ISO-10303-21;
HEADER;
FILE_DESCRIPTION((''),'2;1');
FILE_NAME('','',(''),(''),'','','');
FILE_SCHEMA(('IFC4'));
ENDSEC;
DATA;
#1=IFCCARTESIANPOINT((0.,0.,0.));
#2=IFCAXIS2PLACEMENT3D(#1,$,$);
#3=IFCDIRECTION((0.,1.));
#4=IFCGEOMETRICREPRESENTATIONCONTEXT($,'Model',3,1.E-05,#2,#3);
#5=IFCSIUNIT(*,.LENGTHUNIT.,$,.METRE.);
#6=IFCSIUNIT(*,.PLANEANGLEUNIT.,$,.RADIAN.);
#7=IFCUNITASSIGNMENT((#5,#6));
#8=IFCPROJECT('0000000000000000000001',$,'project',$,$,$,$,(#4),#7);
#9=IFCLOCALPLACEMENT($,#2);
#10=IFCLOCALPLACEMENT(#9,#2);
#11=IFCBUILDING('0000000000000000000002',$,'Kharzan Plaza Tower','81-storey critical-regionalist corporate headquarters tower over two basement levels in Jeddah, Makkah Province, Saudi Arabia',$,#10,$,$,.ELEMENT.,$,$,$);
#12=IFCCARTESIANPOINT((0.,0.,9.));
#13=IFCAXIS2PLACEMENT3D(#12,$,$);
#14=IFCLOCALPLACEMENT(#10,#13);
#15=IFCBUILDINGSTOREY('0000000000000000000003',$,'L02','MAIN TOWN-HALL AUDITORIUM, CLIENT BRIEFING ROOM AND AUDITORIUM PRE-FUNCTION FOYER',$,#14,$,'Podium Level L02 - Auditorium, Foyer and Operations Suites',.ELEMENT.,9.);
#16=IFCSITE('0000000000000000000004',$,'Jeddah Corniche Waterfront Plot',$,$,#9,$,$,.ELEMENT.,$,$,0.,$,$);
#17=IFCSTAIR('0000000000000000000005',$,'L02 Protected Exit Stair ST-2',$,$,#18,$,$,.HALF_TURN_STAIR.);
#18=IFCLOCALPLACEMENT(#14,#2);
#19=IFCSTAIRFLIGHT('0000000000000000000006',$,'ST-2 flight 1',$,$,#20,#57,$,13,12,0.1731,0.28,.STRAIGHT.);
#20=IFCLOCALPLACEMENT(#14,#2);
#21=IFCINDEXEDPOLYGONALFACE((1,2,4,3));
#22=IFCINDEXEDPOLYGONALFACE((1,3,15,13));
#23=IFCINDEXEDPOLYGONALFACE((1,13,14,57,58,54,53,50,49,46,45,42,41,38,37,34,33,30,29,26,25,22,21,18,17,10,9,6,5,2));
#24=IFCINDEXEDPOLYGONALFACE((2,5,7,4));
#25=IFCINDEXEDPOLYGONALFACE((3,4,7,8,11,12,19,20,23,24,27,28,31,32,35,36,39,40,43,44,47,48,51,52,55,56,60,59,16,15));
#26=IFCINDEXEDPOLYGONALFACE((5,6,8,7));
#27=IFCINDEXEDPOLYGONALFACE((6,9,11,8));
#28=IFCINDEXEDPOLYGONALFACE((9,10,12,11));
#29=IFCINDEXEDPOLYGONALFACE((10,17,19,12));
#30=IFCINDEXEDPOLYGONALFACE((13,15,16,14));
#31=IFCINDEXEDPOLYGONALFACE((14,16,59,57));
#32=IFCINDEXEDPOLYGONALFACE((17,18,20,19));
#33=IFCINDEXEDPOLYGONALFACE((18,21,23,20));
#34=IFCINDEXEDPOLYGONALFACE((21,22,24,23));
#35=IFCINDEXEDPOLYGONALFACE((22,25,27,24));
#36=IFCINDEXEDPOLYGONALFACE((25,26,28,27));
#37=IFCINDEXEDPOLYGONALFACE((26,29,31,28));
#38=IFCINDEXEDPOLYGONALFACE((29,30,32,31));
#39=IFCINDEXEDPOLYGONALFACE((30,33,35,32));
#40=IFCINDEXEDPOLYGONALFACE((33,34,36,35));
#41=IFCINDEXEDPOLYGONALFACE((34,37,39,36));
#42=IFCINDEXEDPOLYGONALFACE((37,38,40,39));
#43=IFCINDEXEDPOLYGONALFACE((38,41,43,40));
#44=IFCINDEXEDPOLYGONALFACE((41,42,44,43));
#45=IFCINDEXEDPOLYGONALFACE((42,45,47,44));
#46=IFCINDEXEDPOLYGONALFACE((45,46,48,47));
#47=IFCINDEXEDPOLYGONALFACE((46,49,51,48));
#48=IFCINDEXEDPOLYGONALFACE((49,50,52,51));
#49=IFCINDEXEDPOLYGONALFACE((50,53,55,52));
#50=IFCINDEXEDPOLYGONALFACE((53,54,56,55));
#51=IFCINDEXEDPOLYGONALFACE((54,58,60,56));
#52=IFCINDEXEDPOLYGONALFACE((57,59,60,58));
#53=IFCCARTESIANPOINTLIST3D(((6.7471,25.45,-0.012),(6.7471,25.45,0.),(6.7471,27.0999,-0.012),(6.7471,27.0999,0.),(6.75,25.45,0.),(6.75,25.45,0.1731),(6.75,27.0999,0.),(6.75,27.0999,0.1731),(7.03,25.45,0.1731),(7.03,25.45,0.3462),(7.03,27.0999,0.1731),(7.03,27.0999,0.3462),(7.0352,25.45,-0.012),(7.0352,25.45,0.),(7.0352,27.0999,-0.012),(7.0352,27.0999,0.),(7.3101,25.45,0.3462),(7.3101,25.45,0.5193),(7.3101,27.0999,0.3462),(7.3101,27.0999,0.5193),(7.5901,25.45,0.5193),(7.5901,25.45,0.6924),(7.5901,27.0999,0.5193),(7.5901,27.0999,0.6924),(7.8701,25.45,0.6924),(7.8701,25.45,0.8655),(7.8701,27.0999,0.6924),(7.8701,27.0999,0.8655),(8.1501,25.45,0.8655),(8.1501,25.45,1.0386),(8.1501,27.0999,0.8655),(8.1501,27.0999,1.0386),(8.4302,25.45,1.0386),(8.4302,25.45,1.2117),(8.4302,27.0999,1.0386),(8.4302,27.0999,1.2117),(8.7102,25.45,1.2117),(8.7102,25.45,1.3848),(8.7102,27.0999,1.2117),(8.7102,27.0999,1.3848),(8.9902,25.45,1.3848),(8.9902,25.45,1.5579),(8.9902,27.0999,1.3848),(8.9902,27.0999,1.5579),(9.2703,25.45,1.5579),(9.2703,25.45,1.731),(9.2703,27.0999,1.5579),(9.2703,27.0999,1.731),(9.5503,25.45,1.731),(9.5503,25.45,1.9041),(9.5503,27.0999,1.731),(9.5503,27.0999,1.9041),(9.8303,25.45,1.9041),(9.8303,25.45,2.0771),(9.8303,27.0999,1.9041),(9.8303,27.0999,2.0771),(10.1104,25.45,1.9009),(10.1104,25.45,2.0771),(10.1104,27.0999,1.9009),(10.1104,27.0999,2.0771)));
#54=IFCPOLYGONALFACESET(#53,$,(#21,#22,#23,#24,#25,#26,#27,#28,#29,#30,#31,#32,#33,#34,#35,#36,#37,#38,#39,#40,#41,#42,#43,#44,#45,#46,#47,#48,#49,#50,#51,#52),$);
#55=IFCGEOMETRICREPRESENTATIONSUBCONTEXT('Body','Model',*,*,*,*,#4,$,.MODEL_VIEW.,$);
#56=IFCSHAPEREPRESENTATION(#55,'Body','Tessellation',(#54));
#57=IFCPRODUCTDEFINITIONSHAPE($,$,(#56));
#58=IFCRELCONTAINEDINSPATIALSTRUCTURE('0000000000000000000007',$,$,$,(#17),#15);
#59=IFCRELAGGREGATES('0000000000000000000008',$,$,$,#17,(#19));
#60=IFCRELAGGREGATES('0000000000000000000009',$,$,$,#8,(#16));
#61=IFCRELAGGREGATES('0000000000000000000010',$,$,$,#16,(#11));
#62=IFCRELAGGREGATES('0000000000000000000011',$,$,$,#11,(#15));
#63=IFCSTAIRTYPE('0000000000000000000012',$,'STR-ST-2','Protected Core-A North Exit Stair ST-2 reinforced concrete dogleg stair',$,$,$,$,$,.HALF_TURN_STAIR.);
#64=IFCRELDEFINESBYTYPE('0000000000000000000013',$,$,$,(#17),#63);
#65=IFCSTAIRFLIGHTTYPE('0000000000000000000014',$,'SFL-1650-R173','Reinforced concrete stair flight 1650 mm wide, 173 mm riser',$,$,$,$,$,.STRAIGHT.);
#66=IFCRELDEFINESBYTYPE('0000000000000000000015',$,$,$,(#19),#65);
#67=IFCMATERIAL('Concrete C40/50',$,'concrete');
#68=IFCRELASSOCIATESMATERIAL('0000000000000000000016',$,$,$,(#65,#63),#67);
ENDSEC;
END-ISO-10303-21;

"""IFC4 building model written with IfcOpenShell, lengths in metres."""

from ifc_helpers import new_model, si_unit, direction, frame, origin, place, context, subcontext, project, spatial, polyline, outline, extrude, source, transform, mapped, material, type_object, element, aggregate, save


model = new_model("IFC4")

# Units and contexts
model_context = context("Model", 3, precision=1e-05, world=origin(), true_north=direction((0.0, 1.0)))
body_context = subcontext(model_context, "Body", "Model", "MODEL_VIEW")
ifc_project = project(units=[si_unit("LENGTHUNIT", "METRE"), si_unit("PLANEANGLEUNIT", "RADIAN")], contexts=[model_context])

# Site, building, storey
site_placement = place(None, origin())
site = spatial("IfcSite", under=ifc_project, at=site_placement, Name="Jeddah Corniche Waterfront Plot", CompositionType="ELEMENT", RefElevation=0.0)
building_placement = place(site_placement, origin())
building = spatial("IfcBuilding", under=site, at=building_placement, Name="Kharzan Plaza Tower", Description="81-storey critical-regionalist corporate headquarters tower over two basement levels in Jeddah, Makkah Province, Saudi Arabia", CompositionType="ELEMENT")
storey_placement = place(building_placement, frame((0.0, 0.0, 9.0)))
storey = spatial("IfcBuildingStorey", under=building, at=storey_placement, Name="L02", Description="MAIN TOWN-HALL AUDITORIUM, CLIENT BRIEFING ROOM AND AUDITORIUM PRE-FUNCTION FOYER", LongName="Podium Level L02 - Auditorium, Foyer and Operations Suites", CompositionType="ELEMENT", Elevation=9.0)

# Shared definitions
ifc_material_1 = material(Name="Concrete C40/50", Category="concrete")

# Stair, stair flight
stair_flight_type = type_object("IfcStairFlightType", Name="SFL-1650-R173", Description="Reinforced concrete stair flight 1650 mm wide, 173 mm riser", PredefinedType="STRAIGHT", material=ifc_material_1)
shared_shape_1 = source(origin(), body_context, "Body", "SweptSolid", [
    extrude(outline(polyline([(-0.0029, -0.012), (-0.0029, 0.0), (0.0, 0.0), (0.0, 0.1731), (0.28, 0.1731), (0.28, 0.3462), (0.5601, 0.3462), (0.5601, 0.5193), (0.8401, 0.5193), (0.8401, 0.6924), (1.1201, 0.6924), (1.1201, 0.8655), (1.4001, 0.8655), (1.4001, 1.0386), (1.6802, 1.0386), (1.6802, 1.2117), (1.9602, 1.2117), (1.9602, 1.3848), (2.2402, 1.3848), (2.2402, 1.5579), (2.5203, 1.5579), (2.5203, 1.731), (2.8003, 1.731), (2.8003, 1.9041), (3.0803, 1.9041), (3.0803, 2.0771), (3.3604, 2.0771), (3.3604, 2.2502), (3.3604, 1.9009), (0.2852, 0.0), (0.2852, -0.012), (-0.0029, -0.012)])), frame((0.0, 0.825, 0.0), z_axis=(0.0, -1.0, 0.0), x_axis=(1.0, 0.0, 0.0)), (0.0, 0.0, 1.0), 1.6499),
])
stair_type_1 = type_object("IfcStairType", Name="STR-ST-2", Description="Protected Core-A North Exit Stair ST-2 reinforced concrete dogleg stair", PredefinedType="HALF_TURN_STAIR", material=ifc_material_1)
stair_1_placement = place(storey_placement, origin())
stair_1 = element("IfcStair", 1, at=stair_1_placement, inside=storey, type_object=stair_type_1, Name="L02 Protected Exit Stair ST-2", PredefinedType="HALF_TURN_STAIR")
stair_flight_1_placement = place(storey_placement, frame((6.75, 26.2749, 0.0), z_axis=(0.0, 0.0, 1.0), x_axis=(1.0, 0.0, 0.0)))
stair_flight_1 = element("IfcStairFlight", 2, at=stair_flight_1_placement, type_object=stair_flight_type, Name="ST-2 flight 1", NumberOfRisers=13, NumberOfTreads=12, PredefinedType="STRAIGHT", RiserHeight=0.1731, TreadLength=0.28, context=body_context, shape_type="MappedRepresentation", body=[
    mapped(shared_shape_1, transform((0.0, 0.0, 0.0), x_axis=(1.0, 0.0, 0.0), y_axis=(0.0, 1.0, 0.0), z_axis=(0.0, 0.0, 1.0))),
])
aggregate(stair_1, [stair_flight_1])

save(model, "model.ifc")
